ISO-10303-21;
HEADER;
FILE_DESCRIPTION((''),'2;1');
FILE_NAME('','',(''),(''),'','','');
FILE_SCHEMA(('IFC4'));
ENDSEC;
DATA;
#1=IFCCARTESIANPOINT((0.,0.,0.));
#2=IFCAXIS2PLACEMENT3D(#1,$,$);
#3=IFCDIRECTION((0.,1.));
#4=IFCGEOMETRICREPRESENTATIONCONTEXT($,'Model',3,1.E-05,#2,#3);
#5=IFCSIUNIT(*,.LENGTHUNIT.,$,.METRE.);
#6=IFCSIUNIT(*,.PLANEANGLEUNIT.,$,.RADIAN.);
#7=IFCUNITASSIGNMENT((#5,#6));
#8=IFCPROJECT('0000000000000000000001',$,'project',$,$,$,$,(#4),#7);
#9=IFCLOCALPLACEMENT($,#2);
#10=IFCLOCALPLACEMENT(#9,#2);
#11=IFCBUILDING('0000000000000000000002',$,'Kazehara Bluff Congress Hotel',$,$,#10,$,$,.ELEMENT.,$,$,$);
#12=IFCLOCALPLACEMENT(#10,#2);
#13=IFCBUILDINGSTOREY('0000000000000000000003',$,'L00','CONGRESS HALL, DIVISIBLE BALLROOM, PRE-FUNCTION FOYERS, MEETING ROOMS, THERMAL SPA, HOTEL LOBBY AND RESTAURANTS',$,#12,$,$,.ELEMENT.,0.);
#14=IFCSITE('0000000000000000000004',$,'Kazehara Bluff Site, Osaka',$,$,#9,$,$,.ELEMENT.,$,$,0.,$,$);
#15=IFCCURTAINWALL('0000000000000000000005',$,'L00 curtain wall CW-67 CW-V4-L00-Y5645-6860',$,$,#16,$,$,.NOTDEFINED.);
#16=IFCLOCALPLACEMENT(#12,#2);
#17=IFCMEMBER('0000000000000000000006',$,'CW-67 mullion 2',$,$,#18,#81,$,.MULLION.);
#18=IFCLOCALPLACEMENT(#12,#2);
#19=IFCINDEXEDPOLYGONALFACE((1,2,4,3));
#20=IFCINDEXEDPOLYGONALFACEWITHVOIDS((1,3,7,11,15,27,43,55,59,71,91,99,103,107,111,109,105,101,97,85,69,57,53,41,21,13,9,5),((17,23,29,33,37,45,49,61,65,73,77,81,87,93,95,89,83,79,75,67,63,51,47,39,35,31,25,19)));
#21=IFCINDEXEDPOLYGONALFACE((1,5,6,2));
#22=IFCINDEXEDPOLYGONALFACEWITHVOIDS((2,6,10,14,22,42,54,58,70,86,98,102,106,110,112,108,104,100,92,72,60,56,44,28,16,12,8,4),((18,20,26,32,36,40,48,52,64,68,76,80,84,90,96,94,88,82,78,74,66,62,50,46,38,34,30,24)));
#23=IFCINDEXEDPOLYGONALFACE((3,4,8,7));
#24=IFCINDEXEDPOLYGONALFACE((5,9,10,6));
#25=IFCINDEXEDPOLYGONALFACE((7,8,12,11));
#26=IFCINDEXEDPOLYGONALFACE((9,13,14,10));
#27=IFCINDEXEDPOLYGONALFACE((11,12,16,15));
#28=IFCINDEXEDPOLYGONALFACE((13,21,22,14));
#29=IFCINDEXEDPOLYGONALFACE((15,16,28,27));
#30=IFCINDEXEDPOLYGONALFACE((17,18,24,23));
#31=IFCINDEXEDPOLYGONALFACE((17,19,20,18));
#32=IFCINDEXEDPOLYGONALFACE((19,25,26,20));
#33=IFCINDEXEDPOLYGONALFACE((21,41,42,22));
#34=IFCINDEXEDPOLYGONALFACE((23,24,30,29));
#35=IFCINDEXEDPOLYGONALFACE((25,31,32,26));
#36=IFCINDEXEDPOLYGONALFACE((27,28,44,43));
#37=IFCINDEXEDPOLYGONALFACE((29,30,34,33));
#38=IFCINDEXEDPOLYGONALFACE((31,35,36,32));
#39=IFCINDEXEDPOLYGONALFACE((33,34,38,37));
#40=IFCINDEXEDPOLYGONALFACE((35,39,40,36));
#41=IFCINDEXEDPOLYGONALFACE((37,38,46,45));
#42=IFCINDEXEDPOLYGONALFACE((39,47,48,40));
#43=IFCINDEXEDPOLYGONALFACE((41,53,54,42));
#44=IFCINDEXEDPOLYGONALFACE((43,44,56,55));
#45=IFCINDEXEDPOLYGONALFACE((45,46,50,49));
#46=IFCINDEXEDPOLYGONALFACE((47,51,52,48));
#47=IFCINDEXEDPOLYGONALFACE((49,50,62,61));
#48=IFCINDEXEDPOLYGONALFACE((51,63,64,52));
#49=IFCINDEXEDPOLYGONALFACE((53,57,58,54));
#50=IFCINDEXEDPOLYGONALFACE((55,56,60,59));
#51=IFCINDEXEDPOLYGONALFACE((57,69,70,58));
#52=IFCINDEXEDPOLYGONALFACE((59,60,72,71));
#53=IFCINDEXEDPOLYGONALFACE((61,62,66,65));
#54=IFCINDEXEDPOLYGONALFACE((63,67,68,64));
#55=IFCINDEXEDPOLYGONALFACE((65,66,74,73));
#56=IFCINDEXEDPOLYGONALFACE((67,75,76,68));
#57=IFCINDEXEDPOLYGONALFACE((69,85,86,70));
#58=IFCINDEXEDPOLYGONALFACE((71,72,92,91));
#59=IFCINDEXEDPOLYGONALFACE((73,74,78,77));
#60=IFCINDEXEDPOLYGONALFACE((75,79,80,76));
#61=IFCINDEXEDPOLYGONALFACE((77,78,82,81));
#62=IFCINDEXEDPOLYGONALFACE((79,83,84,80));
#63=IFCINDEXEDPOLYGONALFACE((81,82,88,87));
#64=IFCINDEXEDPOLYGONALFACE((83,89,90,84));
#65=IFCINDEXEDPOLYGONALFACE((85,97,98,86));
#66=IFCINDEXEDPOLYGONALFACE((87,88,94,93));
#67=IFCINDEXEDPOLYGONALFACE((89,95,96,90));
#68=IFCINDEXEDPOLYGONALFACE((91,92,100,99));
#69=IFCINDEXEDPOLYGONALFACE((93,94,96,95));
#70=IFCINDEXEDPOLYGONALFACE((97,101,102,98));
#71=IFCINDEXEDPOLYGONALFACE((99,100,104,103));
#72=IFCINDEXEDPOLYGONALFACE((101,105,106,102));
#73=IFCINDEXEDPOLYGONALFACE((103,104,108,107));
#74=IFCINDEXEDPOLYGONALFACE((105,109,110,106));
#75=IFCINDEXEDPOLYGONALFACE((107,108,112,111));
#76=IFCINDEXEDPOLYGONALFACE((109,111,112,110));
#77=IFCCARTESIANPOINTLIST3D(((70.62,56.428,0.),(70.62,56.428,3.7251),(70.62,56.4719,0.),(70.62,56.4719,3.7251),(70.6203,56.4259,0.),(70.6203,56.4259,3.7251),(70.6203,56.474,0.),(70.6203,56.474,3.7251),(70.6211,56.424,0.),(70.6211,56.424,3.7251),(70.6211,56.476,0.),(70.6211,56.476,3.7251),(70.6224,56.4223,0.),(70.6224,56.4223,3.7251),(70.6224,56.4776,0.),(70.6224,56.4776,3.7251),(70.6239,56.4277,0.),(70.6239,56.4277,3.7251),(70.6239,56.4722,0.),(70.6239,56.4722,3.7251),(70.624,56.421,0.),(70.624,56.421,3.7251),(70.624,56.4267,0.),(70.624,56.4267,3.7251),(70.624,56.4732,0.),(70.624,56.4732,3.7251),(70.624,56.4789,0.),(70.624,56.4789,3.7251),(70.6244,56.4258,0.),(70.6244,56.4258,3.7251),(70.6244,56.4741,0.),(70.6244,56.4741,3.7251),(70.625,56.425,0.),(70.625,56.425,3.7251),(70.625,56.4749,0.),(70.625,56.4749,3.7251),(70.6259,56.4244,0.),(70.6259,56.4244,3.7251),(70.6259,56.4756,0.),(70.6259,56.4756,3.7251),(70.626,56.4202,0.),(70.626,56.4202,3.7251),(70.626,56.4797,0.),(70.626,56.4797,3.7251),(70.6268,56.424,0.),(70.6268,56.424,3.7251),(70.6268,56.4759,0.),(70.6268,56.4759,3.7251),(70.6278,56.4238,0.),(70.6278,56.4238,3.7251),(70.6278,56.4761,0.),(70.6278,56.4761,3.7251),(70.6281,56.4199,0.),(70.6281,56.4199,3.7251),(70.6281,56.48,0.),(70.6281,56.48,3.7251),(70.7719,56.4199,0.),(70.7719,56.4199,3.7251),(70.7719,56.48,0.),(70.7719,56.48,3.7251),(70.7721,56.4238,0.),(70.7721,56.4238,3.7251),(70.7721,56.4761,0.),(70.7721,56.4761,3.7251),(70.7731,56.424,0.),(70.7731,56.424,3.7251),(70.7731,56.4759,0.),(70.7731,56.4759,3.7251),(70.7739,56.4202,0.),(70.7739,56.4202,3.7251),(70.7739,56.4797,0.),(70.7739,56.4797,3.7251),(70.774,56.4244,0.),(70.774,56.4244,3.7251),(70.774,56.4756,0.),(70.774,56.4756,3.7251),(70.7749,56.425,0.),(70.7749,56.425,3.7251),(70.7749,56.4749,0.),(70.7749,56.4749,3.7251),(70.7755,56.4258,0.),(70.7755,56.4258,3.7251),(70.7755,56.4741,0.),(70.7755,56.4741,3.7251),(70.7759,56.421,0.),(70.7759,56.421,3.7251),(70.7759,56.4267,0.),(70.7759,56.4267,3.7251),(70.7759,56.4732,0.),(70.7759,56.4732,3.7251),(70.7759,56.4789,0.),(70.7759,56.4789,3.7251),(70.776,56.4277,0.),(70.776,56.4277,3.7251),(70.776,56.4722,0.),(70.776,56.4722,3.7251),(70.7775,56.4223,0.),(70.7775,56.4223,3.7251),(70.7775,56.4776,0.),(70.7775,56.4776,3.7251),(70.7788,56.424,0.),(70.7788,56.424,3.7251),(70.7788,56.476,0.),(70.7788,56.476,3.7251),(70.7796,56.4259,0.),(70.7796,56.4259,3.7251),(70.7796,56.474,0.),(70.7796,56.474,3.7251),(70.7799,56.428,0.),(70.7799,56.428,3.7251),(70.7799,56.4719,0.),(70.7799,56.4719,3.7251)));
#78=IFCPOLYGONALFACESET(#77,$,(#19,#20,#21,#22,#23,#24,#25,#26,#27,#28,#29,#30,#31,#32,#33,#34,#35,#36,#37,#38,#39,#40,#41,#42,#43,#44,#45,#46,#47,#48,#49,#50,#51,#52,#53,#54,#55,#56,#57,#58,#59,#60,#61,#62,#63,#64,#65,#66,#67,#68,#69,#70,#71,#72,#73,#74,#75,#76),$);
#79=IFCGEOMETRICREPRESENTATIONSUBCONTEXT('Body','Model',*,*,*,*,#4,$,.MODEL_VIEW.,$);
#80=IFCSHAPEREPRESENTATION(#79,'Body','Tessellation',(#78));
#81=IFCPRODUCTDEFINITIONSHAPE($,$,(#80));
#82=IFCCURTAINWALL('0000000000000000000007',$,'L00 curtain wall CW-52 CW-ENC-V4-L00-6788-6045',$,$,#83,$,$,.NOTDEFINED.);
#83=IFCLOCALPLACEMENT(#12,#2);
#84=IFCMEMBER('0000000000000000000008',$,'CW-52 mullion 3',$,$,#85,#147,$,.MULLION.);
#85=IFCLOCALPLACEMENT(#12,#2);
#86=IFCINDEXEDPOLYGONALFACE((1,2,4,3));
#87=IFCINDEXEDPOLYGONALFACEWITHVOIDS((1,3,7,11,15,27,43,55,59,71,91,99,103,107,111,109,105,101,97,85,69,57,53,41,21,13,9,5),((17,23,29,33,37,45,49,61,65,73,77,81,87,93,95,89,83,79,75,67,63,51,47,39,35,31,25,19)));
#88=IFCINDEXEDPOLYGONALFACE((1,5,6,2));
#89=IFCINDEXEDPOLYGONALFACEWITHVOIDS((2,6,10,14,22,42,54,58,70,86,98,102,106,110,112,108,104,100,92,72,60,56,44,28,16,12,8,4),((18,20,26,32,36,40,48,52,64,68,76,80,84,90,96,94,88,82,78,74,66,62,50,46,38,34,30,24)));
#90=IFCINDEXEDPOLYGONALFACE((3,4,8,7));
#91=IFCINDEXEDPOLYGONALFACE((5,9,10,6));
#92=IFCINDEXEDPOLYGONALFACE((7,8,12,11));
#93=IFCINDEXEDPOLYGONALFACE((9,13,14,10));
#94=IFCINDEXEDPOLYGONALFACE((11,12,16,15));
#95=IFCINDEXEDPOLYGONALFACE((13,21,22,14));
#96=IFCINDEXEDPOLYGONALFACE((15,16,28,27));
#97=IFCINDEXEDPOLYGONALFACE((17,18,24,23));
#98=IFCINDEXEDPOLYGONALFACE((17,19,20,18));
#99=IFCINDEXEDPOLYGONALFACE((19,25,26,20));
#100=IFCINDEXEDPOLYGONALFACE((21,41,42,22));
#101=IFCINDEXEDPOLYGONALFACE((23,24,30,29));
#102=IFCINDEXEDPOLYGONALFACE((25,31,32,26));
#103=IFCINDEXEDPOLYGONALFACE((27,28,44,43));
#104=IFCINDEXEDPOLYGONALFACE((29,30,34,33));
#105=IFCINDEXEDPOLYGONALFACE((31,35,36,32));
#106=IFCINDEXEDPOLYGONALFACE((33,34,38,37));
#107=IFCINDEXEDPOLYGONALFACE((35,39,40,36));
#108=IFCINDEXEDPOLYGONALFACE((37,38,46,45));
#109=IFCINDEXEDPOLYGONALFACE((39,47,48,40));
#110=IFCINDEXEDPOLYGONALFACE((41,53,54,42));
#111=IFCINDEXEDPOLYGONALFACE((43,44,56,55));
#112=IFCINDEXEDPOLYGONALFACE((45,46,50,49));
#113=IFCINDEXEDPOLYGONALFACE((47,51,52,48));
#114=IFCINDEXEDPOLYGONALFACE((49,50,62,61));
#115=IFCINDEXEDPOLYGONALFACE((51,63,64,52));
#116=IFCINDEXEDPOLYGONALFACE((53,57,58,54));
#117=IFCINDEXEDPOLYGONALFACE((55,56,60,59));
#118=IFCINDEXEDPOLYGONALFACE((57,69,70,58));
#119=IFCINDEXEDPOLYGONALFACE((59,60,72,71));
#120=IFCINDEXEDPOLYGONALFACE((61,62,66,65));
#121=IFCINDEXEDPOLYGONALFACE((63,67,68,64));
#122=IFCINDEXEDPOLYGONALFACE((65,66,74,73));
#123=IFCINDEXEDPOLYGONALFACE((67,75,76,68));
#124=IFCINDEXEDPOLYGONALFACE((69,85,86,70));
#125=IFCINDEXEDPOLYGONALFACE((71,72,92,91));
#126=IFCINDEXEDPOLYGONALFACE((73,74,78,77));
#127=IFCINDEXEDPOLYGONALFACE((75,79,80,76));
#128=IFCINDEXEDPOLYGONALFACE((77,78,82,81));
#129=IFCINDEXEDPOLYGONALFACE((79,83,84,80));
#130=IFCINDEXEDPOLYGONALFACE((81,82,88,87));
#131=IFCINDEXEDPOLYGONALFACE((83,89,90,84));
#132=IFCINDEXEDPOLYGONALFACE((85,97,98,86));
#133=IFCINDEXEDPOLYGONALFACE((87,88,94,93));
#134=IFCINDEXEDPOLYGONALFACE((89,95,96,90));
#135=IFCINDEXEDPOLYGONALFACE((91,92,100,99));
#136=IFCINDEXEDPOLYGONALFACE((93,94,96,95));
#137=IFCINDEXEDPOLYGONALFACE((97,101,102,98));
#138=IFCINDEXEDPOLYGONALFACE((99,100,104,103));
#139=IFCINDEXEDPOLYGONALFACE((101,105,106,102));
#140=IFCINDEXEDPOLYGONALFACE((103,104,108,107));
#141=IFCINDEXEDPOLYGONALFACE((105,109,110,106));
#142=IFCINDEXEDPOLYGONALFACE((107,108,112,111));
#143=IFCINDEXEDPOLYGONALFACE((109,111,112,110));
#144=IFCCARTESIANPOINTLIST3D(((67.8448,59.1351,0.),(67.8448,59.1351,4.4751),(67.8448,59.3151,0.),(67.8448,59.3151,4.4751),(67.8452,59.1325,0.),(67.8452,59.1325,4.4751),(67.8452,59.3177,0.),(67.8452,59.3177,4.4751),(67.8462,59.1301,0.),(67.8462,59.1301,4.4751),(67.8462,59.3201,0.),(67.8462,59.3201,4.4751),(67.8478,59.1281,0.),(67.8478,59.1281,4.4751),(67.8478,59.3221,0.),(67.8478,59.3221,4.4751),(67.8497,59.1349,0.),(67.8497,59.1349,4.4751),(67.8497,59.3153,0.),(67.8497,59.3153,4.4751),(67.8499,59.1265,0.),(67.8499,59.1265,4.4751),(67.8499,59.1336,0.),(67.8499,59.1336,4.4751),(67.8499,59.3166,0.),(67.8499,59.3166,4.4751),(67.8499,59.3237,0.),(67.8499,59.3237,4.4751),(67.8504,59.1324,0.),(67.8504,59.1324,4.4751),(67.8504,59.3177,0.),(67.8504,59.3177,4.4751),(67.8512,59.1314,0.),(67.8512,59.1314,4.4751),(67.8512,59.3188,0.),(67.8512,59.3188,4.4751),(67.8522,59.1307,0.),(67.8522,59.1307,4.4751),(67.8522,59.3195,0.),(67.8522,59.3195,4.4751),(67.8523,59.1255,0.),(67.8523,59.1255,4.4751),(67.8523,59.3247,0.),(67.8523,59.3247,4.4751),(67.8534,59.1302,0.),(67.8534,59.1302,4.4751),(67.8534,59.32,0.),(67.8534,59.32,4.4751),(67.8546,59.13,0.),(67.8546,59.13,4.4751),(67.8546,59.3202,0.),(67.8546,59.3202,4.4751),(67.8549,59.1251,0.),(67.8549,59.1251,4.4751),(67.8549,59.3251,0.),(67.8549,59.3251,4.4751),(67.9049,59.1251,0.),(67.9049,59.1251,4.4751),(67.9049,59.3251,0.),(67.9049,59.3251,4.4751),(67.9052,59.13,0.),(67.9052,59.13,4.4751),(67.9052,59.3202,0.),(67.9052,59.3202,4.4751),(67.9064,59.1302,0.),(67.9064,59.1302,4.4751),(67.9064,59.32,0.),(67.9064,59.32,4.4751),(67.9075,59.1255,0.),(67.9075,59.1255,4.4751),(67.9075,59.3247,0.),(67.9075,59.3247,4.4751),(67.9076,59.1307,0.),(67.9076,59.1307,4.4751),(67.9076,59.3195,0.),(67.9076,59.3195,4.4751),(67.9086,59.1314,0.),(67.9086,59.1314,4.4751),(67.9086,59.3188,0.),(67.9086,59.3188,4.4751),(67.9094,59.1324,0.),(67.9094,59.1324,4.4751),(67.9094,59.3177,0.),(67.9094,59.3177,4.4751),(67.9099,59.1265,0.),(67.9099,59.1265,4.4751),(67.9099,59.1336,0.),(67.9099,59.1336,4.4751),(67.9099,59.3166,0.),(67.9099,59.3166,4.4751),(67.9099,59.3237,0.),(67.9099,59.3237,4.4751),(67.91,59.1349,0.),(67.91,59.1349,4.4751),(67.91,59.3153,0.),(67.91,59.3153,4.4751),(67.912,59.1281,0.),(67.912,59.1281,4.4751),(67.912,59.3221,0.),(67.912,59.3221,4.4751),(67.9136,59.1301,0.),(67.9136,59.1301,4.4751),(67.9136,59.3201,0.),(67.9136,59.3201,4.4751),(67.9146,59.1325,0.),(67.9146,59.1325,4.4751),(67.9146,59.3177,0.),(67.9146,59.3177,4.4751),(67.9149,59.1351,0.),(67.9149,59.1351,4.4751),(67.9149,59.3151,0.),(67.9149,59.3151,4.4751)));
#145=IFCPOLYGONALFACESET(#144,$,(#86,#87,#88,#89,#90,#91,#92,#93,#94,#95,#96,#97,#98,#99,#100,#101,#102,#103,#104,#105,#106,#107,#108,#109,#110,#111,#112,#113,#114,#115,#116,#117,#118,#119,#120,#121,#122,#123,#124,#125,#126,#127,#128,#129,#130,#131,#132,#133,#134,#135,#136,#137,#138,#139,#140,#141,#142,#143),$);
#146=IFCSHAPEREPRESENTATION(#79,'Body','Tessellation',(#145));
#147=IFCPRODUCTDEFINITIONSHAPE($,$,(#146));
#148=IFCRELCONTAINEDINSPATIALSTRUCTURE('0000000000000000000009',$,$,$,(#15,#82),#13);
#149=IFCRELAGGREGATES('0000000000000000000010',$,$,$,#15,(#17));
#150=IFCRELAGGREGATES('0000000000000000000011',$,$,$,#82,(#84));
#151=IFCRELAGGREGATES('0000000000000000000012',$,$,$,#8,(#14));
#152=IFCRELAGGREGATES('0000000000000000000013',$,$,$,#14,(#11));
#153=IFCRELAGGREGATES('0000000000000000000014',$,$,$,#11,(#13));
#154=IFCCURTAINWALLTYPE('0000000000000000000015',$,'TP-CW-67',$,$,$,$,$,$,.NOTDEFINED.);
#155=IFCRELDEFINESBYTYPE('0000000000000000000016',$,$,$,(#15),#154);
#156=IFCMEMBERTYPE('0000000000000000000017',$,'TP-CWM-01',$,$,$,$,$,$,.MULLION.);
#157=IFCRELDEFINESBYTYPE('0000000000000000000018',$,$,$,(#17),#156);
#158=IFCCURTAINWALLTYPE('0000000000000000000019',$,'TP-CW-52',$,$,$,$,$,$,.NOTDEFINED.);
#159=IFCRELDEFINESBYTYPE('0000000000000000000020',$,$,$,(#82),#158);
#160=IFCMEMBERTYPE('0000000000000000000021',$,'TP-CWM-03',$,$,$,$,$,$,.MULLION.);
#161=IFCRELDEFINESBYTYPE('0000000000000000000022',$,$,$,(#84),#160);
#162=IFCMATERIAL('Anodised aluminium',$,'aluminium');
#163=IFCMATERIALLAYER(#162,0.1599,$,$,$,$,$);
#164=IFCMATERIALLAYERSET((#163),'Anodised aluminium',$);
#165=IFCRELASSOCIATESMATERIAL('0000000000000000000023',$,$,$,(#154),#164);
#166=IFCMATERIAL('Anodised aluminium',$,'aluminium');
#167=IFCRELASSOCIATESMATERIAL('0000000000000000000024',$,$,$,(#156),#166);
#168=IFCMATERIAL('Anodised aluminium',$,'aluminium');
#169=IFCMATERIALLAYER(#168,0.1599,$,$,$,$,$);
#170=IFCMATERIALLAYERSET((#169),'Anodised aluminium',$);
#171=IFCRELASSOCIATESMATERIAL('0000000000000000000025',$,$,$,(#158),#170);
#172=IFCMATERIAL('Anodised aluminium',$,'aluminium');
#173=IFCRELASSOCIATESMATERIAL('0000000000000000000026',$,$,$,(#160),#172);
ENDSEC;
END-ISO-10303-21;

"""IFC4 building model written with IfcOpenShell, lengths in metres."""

from ifc_helpers import new_model, si_unit, direction, frame, origin, origin_2d, place, context, subcontext, project, spatial, hollow_rectangle, extrude, material, layer, layer_set, material_profile, profile_set, type_object, element, aggregate, save


model = new_model("IFC4")

# Units and contexts
model_context = context("Model", 3, precision=1e-05, world=origin(), true_north=direction((0.0, 1.0)))
body_context = subcontext(model_context, "Body", "Model", "MODEL_VIEW")
ifc_project = project(units=[si_unit("LENGTHUNIT", "METRE"), si_unit("PLANEANGLEUNIT", "RADIAN")], contexts=[model_context])

# Site, building, storey
site_placement = place(None, origin())
site = spatial("IfcSite", under=ifc_project, at=site_placement, Name="Kazehara Bluff Site, Osaka", CompositionType="ELEMENT", RefElevation=0.0)
building_placement = place(site_placement, origin())
building = spatial("IfcBuilding", under=site, at=building_placement, Name="Kazehara Bluff Congress Hotel", CompositionType="ELEMENT")
storey_placement = place(building_placement, origin())
storey = spatial("IfcBuildingStorey", under=building, at=storey_placement, Name="L00", Description="CONGRESS HALL, DIVISIBLE BALLROOM, PRE-FUNCTION FOYERS, MEETING ROOMS, THERMAL SPA, HOTEL LOBBY AND RESTAURANTS", CompositionType="ELEMENT", Elevation=0.0)

# Curtain walls, members
ifc_material_1 = material(Name="Anodised aluminium", Category="aluminium")
ifc_layer_1 = layer(ifc_material_1, 0.1599)
ifc_layer_set_1 = layer_set([ifc_layer_1], Name="Anodised aluminium")
curtain_wall_type_1 = type_object("IfcCurtainWallType", Name="TP-CW-67", PredefinedType="NOTDEFINED", material=ifc_layer_set_1)
curtain_wall_1_placement = place(storey_placement, origin())
curtain_wall_1 = element("IfcCurtainWall", 1, at=curtain_wall_1_placement, inside=storey, type_object=curtain_wall_type_1, Name="L00 curtain wall CW-67 CW-V4-L00-Y5645-6860", PredefinedType="NOTDEFINED")
ifc_material_2 = material(Name="Anodised aluminium", Category="aluminium")
ifc_material_profile_1 = material_profile(ifc_material_2, hollow_rectangle(XDim=0.0601, YDim=0.1599, WallThickness=0.0039, InnerFilletRadius=0.0039, OuterFilletRadius=0.0081, at=origin_2d()))
ifc_profile_set_1 = profile_set([ifc_material_profile_1], Name="Anodised aluminium")
member_type_1 = type_object("IfcMemberType", Name="TP-CWM-01", PredefinedType="MULLION", material=ifc_profile_set_1)
member_1_placement = place(storey_placement, frame((70.7, 56.45, 0.0), z_axis=(0.0, 0.0, 1.0), x_axis=(0.0, 1.0, 0.0)))
member_1 = element("IfcMember", 2, at=member_1_placement, type_object=member_type_1, Name="CW-67 mullion 2", PredefinedType="MULLION", context=body_context, shape_type="SweptSolid", body=[
    extrude(hollow_rectangle(XDim=0.0601, YDim=0.1599, WallThickness=0.0039, InnerFilletRadius=0.0039, OuterFilletRadius=0.0081, at=origin_2d()), origin(), (0.0, 0.0, 1.0), 3.7251),
])
ifc_material_3 = material(Name="Anodised aluminium", Category="aluminium")
ifc_layer_2 = layer(ifc_material_3, 0.1599)
ifc_layer_set_2 = layer_set([ifc_layer_2], Name="Anodised aluminium")
curtain_wall_type_2 = type_object("IfcCurtainWallType", Name="TP-CW-52", PredefinedType="NOTDEFINED", material=ifc_layer_set_2)
curtain_wall_2_placement = place(storey_placement, origin())
curtain_wall_2 = element("IfcCurtainWall", 3, at=curtain_wall_2_placement, inside=storey, type_object=curtain_wall_type_2, Name="L00 curtain wall CW-52 CW-ENC-V4-L00-6788-6045", PredefinedType="NOTDEFINED")
ifc_material_4 = material(Name="Anodised aluminium", Category="aluminium")
ifc_material_profile_2 = material_profile(ifc_material_4, hollow_rectangle(XDim=0.0701, YDim=0.2, WallThickness=0.0049, InnerFilletRadius=0.0049, OuterFilletRadius=0.01, at=origin_2d()))
ifc_profile_set_2 = profile_set([ifc_material_profile_2], Name="Anodised aluminium")
member_type_2 = type_object("IfcMemberType", Name="TP-CWM-03", PredefinedType="MULLION", material=ifc_profile_set_2)
member_2_placement = place(storey_placement, frame((67.8799, 59.2251, 0.0), z_axis=(0.0, 0.0, 1.0), x_axis=(1.0, 0.0, 0.0)))
member_2 = element("IfcMember", 4, at=member_2_placement, type_object=member_type_2, Name="CW-52 mullion 3", PredefinedType="MULLION", context=body_context, shape_type="SweptSolid", body=[
    extrude(hollow_rectangle(XDim=0.0701, YDim=0.2, WallThickness=0.0049, InnerFilletRadius=0.0049, OuterFilletRadius=0.01, at=origin_2d()), origin(), (0.0, 0.0, 1.0), 4.4751),
])

aggregate(curtain_wall_1, [member_1])
aggregate(curtain_wall_2, [member_2])

save(model, "model.ifc")
